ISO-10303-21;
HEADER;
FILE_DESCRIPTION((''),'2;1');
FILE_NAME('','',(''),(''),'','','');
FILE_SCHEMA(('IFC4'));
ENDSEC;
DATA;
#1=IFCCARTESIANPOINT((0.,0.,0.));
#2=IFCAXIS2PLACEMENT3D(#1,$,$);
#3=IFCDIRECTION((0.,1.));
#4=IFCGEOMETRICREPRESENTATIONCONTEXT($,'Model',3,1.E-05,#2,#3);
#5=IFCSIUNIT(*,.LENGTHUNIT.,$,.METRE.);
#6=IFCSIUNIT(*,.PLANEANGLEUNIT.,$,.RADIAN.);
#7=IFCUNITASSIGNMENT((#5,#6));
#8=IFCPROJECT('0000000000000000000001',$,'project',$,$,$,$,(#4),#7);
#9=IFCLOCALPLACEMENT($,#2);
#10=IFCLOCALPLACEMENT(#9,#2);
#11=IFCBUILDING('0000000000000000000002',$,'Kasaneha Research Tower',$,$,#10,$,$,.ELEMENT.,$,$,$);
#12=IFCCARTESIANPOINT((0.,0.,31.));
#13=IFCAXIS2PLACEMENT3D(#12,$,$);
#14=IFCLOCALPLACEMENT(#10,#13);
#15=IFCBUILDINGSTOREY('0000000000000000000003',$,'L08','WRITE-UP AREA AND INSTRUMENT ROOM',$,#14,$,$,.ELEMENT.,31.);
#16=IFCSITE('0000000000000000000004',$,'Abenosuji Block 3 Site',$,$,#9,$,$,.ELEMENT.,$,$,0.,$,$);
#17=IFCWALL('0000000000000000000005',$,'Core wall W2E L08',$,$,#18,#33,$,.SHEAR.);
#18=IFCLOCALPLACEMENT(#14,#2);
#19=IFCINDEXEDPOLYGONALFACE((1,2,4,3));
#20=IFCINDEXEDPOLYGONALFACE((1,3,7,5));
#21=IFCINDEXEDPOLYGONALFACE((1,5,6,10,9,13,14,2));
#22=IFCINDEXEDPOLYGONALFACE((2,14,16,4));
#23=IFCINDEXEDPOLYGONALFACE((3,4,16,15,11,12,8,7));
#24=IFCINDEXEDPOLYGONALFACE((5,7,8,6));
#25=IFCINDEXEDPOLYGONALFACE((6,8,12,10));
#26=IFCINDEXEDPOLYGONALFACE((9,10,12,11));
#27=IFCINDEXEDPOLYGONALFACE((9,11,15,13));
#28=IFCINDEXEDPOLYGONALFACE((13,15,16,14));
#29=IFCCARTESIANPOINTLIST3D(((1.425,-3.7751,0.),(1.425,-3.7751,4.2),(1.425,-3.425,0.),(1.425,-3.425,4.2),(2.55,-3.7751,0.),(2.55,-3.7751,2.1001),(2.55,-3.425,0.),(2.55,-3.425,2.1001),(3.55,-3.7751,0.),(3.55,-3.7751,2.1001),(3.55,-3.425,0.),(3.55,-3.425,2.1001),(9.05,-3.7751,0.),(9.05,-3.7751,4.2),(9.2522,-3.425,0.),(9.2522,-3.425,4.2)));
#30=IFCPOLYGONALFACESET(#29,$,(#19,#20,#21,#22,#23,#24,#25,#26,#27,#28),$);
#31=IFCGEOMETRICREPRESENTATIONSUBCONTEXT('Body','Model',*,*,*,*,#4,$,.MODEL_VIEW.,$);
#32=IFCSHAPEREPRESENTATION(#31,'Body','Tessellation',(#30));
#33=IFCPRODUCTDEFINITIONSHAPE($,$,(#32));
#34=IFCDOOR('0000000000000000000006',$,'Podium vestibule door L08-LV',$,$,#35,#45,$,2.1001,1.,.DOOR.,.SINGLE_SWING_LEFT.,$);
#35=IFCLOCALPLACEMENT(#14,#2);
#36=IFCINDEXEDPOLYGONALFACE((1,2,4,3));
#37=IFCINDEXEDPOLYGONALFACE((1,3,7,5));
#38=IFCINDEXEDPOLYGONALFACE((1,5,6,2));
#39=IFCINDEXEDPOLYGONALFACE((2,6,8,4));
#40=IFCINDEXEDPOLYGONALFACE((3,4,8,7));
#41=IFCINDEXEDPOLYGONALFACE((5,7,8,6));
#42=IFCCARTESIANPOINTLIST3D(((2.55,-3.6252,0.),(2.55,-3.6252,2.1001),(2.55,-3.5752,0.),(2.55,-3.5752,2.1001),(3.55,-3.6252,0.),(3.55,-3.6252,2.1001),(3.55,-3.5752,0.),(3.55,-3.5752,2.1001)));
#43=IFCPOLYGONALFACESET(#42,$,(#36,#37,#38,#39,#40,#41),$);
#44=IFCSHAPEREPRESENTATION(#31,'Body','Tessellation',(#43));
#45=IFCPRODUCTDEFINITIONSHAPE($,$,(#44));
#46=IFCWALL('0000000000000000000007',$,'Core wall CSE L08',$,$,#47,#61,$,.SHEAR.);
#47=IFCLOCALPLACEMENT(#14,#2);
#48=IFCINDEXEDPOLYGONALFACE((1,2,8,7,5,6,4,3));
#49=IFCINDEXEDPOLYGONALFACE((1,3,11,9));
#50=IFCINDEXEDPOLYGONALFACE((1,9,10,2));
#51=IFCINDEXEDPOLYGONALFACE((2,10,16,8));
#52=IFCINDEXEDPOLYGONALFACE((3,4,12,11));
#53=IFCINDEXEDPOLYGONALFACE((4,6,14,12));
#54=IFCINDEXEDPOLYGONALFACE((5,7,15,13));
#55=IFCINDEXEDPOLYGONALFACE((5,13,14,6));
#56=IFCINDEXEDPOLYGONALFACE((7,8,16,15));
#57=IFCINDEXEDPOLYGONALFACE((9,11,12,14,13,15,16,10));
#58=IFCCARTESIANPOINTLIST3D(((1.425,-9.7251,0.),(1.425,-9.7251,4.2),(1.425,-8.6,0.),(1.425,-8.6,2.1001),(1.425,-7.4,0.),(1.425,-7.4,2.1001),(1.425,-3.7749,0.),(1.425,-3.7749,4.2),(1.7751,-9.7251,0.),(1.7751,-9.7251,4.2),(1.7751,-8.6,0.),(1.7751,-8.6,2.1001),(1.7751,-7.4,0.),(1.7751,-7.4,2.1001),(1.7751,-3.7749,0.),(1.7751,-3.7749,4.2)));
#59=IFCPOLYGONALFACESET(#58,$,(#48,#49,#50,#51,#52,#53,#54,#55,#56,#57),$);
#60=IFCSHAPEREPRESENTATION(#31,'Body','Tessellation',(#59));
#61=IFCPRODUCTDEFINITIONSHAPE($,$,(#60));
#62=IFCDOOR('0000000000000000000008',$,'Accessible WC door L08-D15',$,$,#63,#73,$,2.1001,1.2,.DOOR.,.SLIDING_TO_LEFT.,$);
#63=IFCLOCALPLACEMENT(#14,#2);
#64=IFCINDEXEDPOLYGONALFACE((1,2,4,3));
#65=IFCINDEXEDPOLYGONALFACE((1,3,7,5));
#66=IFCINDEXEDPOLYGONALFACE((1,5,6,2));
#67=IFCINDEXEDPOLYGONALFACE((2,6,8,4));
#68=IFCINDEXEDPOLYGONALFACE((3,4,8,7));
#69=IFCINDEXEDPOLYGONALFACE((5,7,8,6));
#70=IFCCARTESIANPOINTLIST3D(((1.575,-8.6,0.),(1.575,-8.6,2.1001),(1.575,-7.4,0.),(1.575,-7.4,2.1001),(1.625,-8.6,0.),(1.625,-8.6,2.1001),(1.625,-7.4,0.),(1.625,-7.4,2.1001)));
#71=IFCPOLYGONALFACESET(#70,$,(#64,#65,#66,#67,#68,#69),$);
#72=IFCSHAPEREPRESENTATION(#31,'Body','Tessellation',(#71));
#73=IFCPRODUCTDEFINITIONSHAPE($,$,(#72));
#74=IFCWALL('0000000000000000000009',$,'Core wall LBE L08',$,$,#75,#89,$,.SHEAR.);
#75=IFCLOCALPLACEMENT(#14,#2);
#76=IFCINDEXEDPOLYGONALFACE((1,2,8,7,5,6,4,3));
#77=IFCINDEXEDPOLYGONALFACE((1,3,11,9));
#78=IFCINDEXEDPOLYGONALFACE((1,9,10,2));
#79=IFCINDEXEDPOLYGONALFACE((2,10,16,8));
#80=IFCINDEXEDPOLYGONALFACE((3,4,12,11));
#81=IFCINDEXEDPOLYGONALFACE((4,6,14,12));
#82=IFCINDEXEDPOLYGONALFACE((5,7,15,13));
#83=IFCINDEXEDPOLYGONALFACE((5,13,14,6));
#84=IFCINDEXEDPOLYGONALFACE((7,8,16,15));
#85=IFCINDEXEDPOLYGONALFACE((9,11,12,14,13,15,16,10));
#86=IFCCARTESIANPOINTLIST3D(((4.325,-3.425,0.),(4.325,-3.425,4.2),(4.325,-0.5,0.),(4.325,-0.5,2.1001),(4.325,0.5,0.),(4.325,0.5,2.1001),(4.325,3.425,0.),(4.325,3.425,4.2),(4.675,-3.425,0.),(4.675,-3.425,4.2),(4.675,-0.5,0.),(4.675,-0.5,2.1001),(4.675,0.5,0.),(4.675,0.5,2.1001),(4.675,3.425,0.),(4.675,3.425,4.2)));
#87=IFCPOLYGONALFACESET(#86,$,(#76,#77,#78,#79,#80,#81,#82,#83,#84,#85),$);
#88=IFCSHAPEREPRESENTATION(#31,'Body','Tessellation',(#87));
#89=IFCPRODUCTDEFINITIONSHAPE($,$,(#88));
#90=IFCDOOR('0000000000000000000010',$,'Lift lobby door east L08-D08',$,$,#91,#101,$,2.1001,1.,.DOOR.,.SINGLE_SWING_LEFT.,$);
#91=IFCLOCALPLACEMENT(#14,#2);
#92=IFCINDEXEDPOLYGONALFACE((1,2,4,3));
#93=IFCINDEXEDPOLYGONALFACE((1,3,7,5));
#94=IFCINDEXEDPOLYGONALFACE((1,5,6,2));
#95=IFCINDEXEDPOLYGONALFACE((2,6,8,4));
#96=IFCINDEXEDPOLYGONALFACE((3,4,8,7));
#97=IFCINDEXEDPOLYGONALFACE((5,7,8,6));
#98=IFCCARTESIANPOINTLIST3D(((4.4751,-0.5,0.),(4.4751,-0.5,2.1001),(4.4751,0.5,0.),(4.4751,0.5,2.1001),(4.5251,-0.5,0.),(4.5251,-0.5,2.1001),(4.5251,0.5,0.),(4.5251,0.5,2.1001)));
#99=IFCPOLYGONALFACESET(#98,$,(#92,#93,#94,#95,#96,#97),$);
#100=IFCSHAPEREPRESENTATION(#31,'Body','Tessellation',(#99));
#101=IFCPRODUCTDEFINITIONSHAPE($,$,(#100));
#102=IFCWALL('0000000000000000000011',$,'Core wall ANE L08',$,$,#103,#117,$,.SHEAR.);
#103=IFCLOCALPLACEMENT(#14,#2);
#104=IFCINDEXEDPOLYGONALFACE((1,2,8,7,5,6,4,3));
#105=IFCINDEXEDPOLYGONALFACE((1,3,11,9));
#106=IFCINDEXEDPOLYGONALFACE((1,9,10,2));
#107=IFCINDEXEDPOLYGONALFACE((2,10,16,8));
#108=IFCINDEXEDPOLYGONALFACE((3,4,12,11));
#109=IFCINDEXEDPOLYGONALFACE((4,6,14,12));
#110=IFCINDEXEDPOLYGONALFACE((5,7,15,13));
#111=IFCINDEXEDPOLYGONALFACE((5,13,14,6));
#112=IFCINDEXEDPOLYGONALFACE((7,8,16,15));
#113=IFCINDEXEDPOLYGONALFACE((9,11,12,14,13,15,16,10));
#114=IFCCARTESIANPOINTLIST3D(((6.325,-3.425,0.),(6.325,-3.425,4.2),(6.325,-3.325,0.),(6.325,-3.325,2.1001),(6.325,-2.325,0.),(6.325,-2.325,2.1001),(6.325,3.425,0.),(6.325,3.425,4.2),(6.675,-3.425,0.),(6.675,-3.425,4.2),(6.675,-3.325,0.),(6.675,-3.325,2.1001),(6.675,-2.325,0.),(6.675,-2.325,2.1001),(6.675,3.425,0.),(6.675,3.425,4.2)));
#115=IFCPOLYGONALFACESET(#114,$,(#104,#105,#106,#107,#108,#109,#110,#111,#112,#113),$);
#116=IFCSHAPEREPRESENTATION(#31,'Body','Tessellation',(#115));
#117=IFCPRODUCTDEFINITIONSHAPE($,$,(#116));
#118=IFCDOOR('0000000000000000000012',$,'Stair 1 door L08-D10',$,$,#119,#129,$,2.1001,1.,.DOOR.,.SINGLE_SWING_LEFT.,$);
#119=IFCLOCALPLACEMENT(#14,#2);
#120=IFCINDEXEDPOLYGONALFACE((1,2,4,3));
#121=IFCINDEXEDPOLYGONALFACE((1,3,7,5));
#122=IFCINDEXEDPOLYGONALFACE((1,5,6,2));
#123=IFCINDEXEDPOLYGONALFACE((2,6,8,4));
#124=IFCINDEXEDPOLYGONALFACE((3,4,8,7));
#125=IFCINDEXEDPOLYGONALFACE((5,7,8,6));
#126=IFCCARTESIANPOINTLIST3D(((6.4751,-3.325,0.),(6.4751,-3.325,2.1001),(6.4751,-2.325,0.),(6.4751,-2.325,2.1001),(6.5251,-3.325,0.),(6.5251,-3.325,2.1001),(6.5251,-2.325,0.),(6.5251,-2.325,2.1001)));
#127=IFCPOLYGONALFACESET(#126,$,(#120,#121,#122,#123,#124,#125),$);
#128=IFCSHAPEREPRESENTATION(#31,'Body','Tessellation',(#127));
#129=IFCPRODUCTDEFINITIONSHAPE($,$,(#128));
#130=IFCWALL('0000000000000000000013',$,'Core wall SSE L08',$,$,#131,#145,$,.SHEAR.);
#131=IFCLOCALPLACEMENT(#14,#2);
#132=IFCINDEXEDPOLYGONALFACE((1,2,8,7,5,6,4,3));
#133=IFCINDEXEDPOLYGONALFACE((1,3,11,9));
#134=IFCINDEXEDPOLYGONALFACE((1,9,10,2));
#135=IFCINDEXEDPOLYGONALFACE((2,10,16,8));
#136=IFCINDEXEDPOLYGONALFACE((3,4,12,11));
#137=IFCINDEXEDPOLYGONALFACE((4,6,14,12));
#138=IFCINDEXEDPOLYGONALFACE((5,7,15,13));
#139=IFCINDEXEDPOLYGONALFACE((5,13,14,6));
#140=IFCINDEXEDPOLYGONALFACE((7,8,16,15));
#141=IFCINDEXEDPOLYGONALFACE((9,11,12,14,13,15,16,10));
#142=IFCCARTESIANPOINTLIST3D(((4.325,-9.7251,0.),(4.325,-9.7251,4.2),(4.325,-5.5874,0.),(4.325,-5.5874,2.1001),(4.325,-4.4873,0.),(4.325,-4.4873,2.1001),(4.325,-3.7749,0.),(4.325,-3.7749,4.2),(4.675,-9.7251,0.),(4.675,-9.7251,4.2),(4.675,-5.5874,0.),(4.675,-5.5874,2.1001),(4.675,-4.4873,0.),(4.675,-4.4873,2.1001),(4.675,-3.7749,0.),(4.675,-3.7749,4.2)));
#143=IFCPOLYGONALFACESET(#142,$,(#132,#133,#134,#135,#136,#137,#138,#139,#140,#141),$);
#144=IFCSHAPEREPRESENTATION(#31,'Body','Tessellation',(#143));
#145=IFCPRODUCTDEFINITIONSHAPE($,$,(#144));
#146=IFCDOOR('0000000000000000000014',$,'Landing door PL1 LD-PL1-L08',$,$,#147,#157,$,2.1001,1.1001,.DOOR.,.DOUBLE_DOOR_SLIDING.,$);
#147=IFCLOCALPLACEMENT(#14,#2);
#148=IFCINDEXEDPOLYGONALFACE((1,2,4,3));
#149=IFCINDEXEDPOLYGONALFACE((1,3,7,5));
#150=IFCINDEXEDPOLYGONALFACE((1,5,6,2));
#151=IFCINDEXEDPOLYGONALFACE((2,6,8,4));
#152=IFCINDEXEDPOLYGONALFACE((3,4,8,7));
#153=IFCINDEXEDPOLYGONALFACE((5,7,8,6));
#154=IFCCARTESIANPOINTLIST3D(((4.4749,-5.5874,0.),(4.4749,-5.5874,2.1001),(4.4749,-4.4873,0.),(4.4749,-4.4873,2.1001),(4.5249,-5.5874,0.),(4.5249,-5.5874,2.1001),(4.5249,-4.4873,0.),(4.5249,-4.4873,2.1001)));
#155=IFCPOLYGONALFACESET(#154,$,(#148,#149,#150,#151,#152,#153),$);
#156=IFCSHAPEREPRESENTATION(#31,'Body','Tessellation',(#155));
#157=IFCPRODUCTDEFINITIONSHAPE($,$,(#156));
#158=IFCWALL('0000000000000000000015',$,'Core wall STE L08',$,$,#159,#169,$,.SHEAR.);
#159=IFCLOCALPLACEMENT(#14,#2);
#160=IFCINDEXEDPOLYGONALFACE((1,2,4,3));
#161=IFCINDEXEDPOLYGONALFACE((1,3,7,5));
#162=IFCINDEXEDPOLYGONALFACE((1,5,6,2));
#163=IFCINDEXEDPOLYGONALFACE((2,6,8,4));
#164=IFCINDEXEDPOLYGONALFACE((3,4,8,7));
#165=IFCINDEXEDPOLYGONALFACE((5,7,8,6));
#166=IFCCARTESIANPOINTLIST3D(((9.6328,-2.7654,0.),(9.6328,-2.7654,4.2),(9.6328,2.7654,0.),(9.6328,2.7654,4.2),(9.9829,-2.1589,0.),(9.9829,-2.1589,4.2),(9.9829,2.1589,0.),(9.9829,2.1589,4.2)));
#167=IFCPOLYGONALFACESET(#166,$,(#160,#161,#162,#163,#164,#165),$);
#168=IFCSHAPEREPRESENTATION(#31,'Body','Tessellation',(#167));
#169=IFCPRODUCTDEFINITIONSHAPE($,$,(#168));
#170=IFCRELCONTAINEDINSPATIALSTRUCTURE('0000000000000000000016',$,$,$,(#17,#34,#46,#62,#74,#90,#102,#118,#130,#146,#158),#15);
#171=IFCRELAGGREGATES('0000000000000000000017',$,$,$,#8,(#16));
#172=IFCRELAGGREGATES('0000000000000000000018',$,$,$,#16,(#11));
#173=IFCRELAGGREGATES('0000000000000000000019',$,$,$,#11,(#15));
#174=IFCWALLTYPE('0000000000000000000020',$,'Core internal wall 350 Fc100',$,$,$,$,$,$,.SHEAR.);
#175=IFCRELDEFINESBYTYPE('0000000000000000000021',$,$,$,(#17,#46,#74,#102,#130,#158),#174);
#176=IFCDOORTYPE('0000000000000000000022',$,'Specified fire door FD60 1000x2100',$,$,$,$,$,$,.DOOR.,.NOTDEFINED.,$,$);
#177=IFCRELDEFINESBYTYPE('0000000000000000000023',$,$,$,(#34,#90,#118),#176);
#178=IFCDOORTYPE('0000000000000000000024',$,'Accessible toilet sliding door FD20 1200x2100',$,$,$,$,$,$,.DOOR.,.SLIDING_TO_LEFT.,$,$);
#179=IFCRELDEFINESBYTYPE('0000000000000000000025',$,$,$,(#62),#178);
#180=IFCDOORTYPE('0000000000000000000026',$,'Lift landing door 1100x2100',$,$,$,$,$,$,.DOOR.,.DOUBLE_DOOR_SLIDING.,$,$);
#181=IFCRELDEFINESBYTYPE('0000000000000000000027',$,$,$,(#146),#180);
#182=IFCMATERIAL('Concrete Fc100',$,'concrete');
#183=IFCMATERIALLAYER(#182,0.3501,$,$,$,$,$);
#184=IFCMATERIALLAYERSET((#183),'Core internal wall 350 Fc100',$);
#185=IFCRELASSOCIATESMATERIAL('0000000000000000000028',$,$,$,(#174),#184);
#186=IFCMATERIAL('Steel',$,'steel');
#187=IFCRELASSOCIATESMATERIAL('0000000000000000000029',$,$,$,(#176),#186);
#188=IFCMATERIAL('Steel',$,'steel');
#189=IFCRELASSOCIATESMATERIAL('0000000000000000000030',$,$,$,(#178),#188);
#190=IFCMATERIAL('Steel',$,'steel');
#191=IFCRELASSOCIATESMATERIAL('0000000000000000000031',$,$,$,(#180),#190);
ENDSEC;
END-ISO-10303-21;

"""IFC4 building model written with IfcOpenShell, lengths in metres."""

from ifc_helpers import new_model, si_unit, direction, frame, frame_2d, origin, place, context, subcontext, project, spatial, polyline, rectangle, outline, extrude, material, layer, layer_set, type_object, element, fill, save


model = new_model("IFC4")

# Units and contexts
model_context = context("Model", 3, precision=1e-05, world=origin(), true_north=direction((0.0, 1.0)))
body_context = subcontext(model_context, "Body", "Model", "MODEL_VIEW")
ifc_project = project(units=[si_unit("LENGTHUNIT", "METRE"), si_unit("PLANEANGLEUNIT", "RADIAN")], contexts=[model_context])

# Site, building, storey
site_placement = place(None, origin())
site = spatial("IfcSite", under=ifc_project, at=site_placement, Name="Abenosuji Block 3 Site", CompositionType="ELEMENT", RefElevation=0.0)
building_placement = place(site_placement, origin())
building = spatial("IfcBuilding", under=site, at=building_placement, Name="Kasaneha Research Tower", CompositionType="ELEMENT")
storey_placement = place(building_placement, frame((0.0, 0.0, 31.0)))
storey = spatial("IfcBuildingStorey", under=building, at=storey_placement, Name="L08", Description="WRITE-UP AREA AND INSTRUMENT ROOM", CompositionType="ELEMENT", Elevation=31.0)

# Walls, openings, doors
ifc_material_1 = material(Name="Concrete Fc100", Category="concrete")
ifc_layer_1 = layer(ifc_material_1, 0.3501)
ifc_layer_set_1 = layer_set([ifc_layer_1], Name="Core internal wall 350 Fc100")
wall_type_1 = type_object("IfcWallType", Name="Core internal wall 350 Fc100", PredefinedType="SHEAR", material=ifc_layer_set_1)
wall_1_placement = place(storey_placement, frame((1.425, -3.6001, 0.0), z_axis=(0.0, 0.0, 1.0), x_axis=(1.0, 0.0, 0.0)))
wall_1 = element("IfcWall", 1, at=wall_1_placement, inside=storey, type_object=wall_type_1, Name="Core wall W2E L08", PredefinedType="SHEAR", context=body_context, shape_type="SweptSolid", body=[
    extrude(outline(polyline([(0.0, -0.175), (1.125, -0.175), (2.125, -0.175), (7.625, -0.175), (7.8271, 0.175), (2.125, 0.175), (1.125, 0.175), (0.0, 0.175), (0.0, -0.175)])), origin(), (0.0, 0.0, 1.0), 4.2),
])
opening_1_placement = place(wall_1_placement, frame((1.125, 0.0, 0.0)))
opening_1 = element("IfcOpeningElement", 2, at=opening_1_placement, cuts=wall_1, PredefinedType="OPENING", context=body_context, shape_type="SweptSolid", body=[
    extrude(rectangle(XDim=1.0, YDim=2.1001, at=frame_2d((0.5, 1.05))), frame((0.0, 0.1851, 0.0), z_axis=(0.0, -1.0, 0.0), x_axis=(1.0, 0.0, 0.0)), (0.0, 0.0, 1.0), 0.3701),
])
ifc_material_2 = material(Name="Steel", Category="steel")
door_type_1 = type_object("IfcDoorType", Name="Specified fire door FD60 1000x2100", OperationType="NOTDEFINED", PredefinedType="DOOR", material=ifc_material_2)
door_1_placement = place(opening_1_placement, origin())
door_1 = element("IfcDoor", 3, at=door_1_placement, inside=storey, type_object=door_type_1, Name="Podium vestibule door L08-LV", OperationType="SINGLE_SWING_LEFT", OverallHeight=2.1001, OverallWidth=1.0, PredefinedType="DOOR", context=body_context, shape_type="SweptSolid", body=[
    extrude(rectangle(XDim=1.0, YDim=2.1001, at=frame_2d((0.5, 1.05))), frame((0.0, 0.0249, 0.0), z_axis=(0.0, -1.0, 0.0), x_axis=(1.0, 0.0, 0.0)), (0.0, 0.0, 1.0), 0.05),
])
fill(opening_1, door_1)
wall_2_placement = place(storey_placement, frame((1.6001, -3.7749, 0.0), z_axis=(0.0, 0.0, 1.0), x_axis=(0.0, -1.0, 0.0)))
wall_2 = element("IfcWall", 4, at=wall_2_placement, inside=storey, type_object=wall_type_1, Name="Core wall CSE L08", PredefinedType="SHEAR", context=body_context, shape_type="SweptSolid", body=[
    extrude(rectangle(XDim=5.9502, YDim=0.3501, at=frame_2d((2.9751, 0.0))), origin(), (0.0, 0.0, 1.0), 4.2),
])
opening_2_placement = place(wall_2_placement, frame((3.625, 0.0, 0.0)))
opening_2 = element("IfcOpeningElement", 5, at=opening_2_placement, cuts=wall_2, PredefinedType="OPENING", context=body_context, shape_type="SweptSolid", body=[
    extrude(rectangle(XDim=1.2, YDim=2.1001, at=frame_2d((0.6001, 1.05))), frame((0.0, 0.1851, 0.0), z_axis=(0.0, -1.0, 0.0), x_axis=(1.0, 0.0, 0.0)), (0.0, 0.0, 1.0), 0.3701),
])
ifc_material_3 = material(Name="Steel", Category="steel")
door_type_2 = type_object("IfcDoorType", Name="Accessible toilet sliding door FD20 1200x2100", OperationType="SLIDING_TO_LEFT", PredefinedType="DOOR", material=ifc_material_3)
door_2_placement = place(opening_2_placement, origin())
door_2 = element("IfcDoor", 6, at=door_2_placement, inside=storey, type_object=door_type_2, Name="Accessible WC door L08-D15", OperationType="SLIDING_TO_LEFT", OverallHeight=2.1001, OverallWidth=1.2, PredefinedType="DOOR", context=body_context, shape_type="SweptSolid", body=[
    extrude(rectangle(XDim=1.2, YDim=2.1001, at=frame_2d((0.6001, 1.05))), frame((0.0, 0.0249, 0.0), z_axis=(0.0, -1.0, 0.0), x_axis=(1.0, 0.0, 0.0)), (0.0, 0.0, 1.0), 0.05),
])
fill(opening_2, door_2)
wall_3_placement = place(storey_placement, frame((4.5, -3.425, 0.0), z_axis=(0.0, 0.0, 1.0), x_axis=(0.0, 1.0, 0.0)))
wall_3 = element("IfcWall", 7, at=wall_3_placement, inside=storey, type_object=wall_type_1, Name="Core wall LBE L08", PredefinedType="SHEAR", context=body_context, shape_type="SweptSolid", body=[
    extrude(rectangle(XDim=6.8501, YDim=0.3501, at=frame_2d((3.425, 0.0))), origin(), (0.0, 0.0, 1.0), 4.2),
])
opening_3_placement = place(wall_3_placement, frame((2.925, 0.0, 0.0)))
opening_3 = element("IfcOpeningElement", 8, at=opening_3_placement, cuts=wall_3, PredefinedType="OPENING", context=body_context, shape_type="SweptSolid", body=[
    extrude(rectangle(XDim=1.0, YDim=2.1001, at=frame_2d((0.5, 1.05))), frame((0.0, 0.1851, 0.0), z_axis=(0.0, -1.0, 0.0), x_axis=(1.0, 0.0, 0.0)), (0.0, 0.0, 1.0), 0.3701),
])
door_3_placement = place(opening_3_placement, origin())
door_3 = element("IfcDoor", 9, at=door_3_placement, inside=storey, type_object=door_type_1, Name="Lift lobby door east L08-D08", OperationType="SINGLE_SWING_LEFT", OverallHeight=2.1001, OverallWidth=1.0, PredefinedType="DOOR", context=body_context, shape_type="SweptSolid", body=[
    extrude(rectangle(XDim=1.0, YDim=2.1001, at=frame_2d((0.5, 1.05))), frame((0.0, 0.0249, 0.0), z_axis=(0.0, -1.0, 0.0), x_axis=(1.0, 0.0, 0.0)), (0.0, 0.0, 1.0), 0.05),
])
fill(opening_3, door_3)
wall_4_placement = place(storey_placement, frame((6.5, -3.425, 0.0), z_axis=(0.0, 0.0, 1.0), x_axis=(0.0, 1.0, 0.0)))
wall_4 = element("IfcWall", 10, at=wall_4_placement, inside=storey, type_object=wall_type_1, Name="Core wall ANE L08", PredefinedType="SHEAR", context=body_context, shape_type="SweptSolid", body=[
    extrude(rectangle(XDim=6.8501, YDim=0.3501, at=frame_2d((3.425, 0.0))), origin(), (0.0, 0.0, 1.0), 4.2),
])
opening_4_placement = place(wall_4_placement, frame((0.1001, 0.0, 0.0)))
opening_4 = element("IfcOpeningElement", 11, at=opening_4_placement, cuts=wall_4, PredefinedType="OPENING", context=body_context, shape_type="SweptSolid", body=[
    extrude(rectangle(XDim=1.0, YDim=2.1001, at=frame_2d((0.5, 1.05))), frame((0.0, 0.1851, 0.0), z_axis=(0.0, -1.0, 0.0), x_axis=(1.0, 0.0, 0.0)), (0.0, 0.0, 1.0), 0.3701),
])
door_4_placement = place(opening_4_placement, origin())
door_4 = element("IfcDoor", 12, at=door_4_placement, inside=storey, type_object=door_type_1, Name="Stair 1 door L08-D10", OperationType="SINGLE_SWING_LEFT", OverallHeight=2.1001, OverallWidth=1.0, PredefinedType="DOOR", context=body_context, shape_type="SweptSolid", body=[
    extrude(rectangle(XDim=1.0, YDim=2.1001, at=frame_2d((0.5, 1.05))), frame((0.0, 0.0249, 0.0), z_axis=(0.0, -1.0, 0.0), x_axis=(1.0, 0.0, 0.0)), (0.0, 0.0, 1.0), 0.05),
])
fill(opening_4, door_4)
wall_5_placement = place(storey_placement, frame((4.5, -3.7749, 0.0), z_axis=(0.0, 0.0, 1.0), x_axis=(0.0, -1.0, 0.0)))
wall_5 = element("IfcWall", 13, at=wall_5_placement, inside=storey, type_object=wall_type_1, Name="Core wall SSE L08", PredefinedType="SHEAR", context=body_context, shape_type="SweptSolid", body=[
    extrude(rectangle(XDim=5.9502, YDim=0.3501, at=frame_2d((2.9751, 0.0))), origin(), (0.0, 0.0, 1.0), 4.2),
])
opening_5_placement = place(wall_5_placement, frame((0.7124, 0.0, 0.0)))
opening_5 = element("IfcOpeningElement", 14, at=opening_5_placement, cuts=wall_5, PredefinedType="OPENING", context=body_context, shape_type="SweptSolid", body=[
    extrude(rectangle(XDim=1.1001, YDim=2.1001, at=frame_2d((0.55, 1.05))), frame((0.0, 0.1851, 0.0), z_axis=(0.0, -1.0, 0.0), x_axis=(1.0, 0.0, 0.0)), (0.0, 0.0, 1.0), 0.3701),
])
ifc_material_4 = material(Name="Steel", Category="steel")
door_type_3 = type_object("IfcDoorType", Name="Lift landing door 1100x2100", OperationType="DOUBLE_DOOR_SLIDING", PredefinedType="DOOR", material=ifc_material_4)
door_5_placement = place(opening_5_placement, origin())
door_5 = element("IfcDoor", 15, at=door_5_placement, inside=storey, type_object=door_type_3, Name="Landing door PL1 LD-PL1-L08", OperationType="DOUBLE_DOOR_SLIDING", OverallHeight=2.1001, OverallWidth=1.1001, PredefinedType="DOOR", context=body_context, shape_type="SweptSolid", body=[
    extrude(rectangle(XDim=1.1001, YDim=2.1001, at=frame_2d((0.55, 1.05))), frame((0.0, 0.0249, 0.0), z_axis=(0.0, -1.0, 0.0), x_axis=(1.0, 0.0, 0.0)), (0.0, 0.0, 1.0), 0.05),
])
fill(opening_5, door_5)

# Wall
wall_6_placement = place(storey_placement, frame((9.8079, -2.4622, 0.0), z_axis=(0.0, 0.0, 1.0), x_axis=(0.0, 1.0, 0.0)))
element("IfcWall", 16, at=wall_6_placement, inside=storey, type_object=wall_type_1, Name="Core wall STE L08", PredefinedType="SHEAR", context=body_context, shape_type="SweptSolid", body=[
    extrude(outline(polyline([(0.3032, -0.175), (4.6211, -0.175), (5.2275, 0.175), (-0.3032, 0.175), (0.3032, -0.175)])), origin(), (0.0, 0.0, 1.0), 4.2),
])

save(model, "model.ifc")
